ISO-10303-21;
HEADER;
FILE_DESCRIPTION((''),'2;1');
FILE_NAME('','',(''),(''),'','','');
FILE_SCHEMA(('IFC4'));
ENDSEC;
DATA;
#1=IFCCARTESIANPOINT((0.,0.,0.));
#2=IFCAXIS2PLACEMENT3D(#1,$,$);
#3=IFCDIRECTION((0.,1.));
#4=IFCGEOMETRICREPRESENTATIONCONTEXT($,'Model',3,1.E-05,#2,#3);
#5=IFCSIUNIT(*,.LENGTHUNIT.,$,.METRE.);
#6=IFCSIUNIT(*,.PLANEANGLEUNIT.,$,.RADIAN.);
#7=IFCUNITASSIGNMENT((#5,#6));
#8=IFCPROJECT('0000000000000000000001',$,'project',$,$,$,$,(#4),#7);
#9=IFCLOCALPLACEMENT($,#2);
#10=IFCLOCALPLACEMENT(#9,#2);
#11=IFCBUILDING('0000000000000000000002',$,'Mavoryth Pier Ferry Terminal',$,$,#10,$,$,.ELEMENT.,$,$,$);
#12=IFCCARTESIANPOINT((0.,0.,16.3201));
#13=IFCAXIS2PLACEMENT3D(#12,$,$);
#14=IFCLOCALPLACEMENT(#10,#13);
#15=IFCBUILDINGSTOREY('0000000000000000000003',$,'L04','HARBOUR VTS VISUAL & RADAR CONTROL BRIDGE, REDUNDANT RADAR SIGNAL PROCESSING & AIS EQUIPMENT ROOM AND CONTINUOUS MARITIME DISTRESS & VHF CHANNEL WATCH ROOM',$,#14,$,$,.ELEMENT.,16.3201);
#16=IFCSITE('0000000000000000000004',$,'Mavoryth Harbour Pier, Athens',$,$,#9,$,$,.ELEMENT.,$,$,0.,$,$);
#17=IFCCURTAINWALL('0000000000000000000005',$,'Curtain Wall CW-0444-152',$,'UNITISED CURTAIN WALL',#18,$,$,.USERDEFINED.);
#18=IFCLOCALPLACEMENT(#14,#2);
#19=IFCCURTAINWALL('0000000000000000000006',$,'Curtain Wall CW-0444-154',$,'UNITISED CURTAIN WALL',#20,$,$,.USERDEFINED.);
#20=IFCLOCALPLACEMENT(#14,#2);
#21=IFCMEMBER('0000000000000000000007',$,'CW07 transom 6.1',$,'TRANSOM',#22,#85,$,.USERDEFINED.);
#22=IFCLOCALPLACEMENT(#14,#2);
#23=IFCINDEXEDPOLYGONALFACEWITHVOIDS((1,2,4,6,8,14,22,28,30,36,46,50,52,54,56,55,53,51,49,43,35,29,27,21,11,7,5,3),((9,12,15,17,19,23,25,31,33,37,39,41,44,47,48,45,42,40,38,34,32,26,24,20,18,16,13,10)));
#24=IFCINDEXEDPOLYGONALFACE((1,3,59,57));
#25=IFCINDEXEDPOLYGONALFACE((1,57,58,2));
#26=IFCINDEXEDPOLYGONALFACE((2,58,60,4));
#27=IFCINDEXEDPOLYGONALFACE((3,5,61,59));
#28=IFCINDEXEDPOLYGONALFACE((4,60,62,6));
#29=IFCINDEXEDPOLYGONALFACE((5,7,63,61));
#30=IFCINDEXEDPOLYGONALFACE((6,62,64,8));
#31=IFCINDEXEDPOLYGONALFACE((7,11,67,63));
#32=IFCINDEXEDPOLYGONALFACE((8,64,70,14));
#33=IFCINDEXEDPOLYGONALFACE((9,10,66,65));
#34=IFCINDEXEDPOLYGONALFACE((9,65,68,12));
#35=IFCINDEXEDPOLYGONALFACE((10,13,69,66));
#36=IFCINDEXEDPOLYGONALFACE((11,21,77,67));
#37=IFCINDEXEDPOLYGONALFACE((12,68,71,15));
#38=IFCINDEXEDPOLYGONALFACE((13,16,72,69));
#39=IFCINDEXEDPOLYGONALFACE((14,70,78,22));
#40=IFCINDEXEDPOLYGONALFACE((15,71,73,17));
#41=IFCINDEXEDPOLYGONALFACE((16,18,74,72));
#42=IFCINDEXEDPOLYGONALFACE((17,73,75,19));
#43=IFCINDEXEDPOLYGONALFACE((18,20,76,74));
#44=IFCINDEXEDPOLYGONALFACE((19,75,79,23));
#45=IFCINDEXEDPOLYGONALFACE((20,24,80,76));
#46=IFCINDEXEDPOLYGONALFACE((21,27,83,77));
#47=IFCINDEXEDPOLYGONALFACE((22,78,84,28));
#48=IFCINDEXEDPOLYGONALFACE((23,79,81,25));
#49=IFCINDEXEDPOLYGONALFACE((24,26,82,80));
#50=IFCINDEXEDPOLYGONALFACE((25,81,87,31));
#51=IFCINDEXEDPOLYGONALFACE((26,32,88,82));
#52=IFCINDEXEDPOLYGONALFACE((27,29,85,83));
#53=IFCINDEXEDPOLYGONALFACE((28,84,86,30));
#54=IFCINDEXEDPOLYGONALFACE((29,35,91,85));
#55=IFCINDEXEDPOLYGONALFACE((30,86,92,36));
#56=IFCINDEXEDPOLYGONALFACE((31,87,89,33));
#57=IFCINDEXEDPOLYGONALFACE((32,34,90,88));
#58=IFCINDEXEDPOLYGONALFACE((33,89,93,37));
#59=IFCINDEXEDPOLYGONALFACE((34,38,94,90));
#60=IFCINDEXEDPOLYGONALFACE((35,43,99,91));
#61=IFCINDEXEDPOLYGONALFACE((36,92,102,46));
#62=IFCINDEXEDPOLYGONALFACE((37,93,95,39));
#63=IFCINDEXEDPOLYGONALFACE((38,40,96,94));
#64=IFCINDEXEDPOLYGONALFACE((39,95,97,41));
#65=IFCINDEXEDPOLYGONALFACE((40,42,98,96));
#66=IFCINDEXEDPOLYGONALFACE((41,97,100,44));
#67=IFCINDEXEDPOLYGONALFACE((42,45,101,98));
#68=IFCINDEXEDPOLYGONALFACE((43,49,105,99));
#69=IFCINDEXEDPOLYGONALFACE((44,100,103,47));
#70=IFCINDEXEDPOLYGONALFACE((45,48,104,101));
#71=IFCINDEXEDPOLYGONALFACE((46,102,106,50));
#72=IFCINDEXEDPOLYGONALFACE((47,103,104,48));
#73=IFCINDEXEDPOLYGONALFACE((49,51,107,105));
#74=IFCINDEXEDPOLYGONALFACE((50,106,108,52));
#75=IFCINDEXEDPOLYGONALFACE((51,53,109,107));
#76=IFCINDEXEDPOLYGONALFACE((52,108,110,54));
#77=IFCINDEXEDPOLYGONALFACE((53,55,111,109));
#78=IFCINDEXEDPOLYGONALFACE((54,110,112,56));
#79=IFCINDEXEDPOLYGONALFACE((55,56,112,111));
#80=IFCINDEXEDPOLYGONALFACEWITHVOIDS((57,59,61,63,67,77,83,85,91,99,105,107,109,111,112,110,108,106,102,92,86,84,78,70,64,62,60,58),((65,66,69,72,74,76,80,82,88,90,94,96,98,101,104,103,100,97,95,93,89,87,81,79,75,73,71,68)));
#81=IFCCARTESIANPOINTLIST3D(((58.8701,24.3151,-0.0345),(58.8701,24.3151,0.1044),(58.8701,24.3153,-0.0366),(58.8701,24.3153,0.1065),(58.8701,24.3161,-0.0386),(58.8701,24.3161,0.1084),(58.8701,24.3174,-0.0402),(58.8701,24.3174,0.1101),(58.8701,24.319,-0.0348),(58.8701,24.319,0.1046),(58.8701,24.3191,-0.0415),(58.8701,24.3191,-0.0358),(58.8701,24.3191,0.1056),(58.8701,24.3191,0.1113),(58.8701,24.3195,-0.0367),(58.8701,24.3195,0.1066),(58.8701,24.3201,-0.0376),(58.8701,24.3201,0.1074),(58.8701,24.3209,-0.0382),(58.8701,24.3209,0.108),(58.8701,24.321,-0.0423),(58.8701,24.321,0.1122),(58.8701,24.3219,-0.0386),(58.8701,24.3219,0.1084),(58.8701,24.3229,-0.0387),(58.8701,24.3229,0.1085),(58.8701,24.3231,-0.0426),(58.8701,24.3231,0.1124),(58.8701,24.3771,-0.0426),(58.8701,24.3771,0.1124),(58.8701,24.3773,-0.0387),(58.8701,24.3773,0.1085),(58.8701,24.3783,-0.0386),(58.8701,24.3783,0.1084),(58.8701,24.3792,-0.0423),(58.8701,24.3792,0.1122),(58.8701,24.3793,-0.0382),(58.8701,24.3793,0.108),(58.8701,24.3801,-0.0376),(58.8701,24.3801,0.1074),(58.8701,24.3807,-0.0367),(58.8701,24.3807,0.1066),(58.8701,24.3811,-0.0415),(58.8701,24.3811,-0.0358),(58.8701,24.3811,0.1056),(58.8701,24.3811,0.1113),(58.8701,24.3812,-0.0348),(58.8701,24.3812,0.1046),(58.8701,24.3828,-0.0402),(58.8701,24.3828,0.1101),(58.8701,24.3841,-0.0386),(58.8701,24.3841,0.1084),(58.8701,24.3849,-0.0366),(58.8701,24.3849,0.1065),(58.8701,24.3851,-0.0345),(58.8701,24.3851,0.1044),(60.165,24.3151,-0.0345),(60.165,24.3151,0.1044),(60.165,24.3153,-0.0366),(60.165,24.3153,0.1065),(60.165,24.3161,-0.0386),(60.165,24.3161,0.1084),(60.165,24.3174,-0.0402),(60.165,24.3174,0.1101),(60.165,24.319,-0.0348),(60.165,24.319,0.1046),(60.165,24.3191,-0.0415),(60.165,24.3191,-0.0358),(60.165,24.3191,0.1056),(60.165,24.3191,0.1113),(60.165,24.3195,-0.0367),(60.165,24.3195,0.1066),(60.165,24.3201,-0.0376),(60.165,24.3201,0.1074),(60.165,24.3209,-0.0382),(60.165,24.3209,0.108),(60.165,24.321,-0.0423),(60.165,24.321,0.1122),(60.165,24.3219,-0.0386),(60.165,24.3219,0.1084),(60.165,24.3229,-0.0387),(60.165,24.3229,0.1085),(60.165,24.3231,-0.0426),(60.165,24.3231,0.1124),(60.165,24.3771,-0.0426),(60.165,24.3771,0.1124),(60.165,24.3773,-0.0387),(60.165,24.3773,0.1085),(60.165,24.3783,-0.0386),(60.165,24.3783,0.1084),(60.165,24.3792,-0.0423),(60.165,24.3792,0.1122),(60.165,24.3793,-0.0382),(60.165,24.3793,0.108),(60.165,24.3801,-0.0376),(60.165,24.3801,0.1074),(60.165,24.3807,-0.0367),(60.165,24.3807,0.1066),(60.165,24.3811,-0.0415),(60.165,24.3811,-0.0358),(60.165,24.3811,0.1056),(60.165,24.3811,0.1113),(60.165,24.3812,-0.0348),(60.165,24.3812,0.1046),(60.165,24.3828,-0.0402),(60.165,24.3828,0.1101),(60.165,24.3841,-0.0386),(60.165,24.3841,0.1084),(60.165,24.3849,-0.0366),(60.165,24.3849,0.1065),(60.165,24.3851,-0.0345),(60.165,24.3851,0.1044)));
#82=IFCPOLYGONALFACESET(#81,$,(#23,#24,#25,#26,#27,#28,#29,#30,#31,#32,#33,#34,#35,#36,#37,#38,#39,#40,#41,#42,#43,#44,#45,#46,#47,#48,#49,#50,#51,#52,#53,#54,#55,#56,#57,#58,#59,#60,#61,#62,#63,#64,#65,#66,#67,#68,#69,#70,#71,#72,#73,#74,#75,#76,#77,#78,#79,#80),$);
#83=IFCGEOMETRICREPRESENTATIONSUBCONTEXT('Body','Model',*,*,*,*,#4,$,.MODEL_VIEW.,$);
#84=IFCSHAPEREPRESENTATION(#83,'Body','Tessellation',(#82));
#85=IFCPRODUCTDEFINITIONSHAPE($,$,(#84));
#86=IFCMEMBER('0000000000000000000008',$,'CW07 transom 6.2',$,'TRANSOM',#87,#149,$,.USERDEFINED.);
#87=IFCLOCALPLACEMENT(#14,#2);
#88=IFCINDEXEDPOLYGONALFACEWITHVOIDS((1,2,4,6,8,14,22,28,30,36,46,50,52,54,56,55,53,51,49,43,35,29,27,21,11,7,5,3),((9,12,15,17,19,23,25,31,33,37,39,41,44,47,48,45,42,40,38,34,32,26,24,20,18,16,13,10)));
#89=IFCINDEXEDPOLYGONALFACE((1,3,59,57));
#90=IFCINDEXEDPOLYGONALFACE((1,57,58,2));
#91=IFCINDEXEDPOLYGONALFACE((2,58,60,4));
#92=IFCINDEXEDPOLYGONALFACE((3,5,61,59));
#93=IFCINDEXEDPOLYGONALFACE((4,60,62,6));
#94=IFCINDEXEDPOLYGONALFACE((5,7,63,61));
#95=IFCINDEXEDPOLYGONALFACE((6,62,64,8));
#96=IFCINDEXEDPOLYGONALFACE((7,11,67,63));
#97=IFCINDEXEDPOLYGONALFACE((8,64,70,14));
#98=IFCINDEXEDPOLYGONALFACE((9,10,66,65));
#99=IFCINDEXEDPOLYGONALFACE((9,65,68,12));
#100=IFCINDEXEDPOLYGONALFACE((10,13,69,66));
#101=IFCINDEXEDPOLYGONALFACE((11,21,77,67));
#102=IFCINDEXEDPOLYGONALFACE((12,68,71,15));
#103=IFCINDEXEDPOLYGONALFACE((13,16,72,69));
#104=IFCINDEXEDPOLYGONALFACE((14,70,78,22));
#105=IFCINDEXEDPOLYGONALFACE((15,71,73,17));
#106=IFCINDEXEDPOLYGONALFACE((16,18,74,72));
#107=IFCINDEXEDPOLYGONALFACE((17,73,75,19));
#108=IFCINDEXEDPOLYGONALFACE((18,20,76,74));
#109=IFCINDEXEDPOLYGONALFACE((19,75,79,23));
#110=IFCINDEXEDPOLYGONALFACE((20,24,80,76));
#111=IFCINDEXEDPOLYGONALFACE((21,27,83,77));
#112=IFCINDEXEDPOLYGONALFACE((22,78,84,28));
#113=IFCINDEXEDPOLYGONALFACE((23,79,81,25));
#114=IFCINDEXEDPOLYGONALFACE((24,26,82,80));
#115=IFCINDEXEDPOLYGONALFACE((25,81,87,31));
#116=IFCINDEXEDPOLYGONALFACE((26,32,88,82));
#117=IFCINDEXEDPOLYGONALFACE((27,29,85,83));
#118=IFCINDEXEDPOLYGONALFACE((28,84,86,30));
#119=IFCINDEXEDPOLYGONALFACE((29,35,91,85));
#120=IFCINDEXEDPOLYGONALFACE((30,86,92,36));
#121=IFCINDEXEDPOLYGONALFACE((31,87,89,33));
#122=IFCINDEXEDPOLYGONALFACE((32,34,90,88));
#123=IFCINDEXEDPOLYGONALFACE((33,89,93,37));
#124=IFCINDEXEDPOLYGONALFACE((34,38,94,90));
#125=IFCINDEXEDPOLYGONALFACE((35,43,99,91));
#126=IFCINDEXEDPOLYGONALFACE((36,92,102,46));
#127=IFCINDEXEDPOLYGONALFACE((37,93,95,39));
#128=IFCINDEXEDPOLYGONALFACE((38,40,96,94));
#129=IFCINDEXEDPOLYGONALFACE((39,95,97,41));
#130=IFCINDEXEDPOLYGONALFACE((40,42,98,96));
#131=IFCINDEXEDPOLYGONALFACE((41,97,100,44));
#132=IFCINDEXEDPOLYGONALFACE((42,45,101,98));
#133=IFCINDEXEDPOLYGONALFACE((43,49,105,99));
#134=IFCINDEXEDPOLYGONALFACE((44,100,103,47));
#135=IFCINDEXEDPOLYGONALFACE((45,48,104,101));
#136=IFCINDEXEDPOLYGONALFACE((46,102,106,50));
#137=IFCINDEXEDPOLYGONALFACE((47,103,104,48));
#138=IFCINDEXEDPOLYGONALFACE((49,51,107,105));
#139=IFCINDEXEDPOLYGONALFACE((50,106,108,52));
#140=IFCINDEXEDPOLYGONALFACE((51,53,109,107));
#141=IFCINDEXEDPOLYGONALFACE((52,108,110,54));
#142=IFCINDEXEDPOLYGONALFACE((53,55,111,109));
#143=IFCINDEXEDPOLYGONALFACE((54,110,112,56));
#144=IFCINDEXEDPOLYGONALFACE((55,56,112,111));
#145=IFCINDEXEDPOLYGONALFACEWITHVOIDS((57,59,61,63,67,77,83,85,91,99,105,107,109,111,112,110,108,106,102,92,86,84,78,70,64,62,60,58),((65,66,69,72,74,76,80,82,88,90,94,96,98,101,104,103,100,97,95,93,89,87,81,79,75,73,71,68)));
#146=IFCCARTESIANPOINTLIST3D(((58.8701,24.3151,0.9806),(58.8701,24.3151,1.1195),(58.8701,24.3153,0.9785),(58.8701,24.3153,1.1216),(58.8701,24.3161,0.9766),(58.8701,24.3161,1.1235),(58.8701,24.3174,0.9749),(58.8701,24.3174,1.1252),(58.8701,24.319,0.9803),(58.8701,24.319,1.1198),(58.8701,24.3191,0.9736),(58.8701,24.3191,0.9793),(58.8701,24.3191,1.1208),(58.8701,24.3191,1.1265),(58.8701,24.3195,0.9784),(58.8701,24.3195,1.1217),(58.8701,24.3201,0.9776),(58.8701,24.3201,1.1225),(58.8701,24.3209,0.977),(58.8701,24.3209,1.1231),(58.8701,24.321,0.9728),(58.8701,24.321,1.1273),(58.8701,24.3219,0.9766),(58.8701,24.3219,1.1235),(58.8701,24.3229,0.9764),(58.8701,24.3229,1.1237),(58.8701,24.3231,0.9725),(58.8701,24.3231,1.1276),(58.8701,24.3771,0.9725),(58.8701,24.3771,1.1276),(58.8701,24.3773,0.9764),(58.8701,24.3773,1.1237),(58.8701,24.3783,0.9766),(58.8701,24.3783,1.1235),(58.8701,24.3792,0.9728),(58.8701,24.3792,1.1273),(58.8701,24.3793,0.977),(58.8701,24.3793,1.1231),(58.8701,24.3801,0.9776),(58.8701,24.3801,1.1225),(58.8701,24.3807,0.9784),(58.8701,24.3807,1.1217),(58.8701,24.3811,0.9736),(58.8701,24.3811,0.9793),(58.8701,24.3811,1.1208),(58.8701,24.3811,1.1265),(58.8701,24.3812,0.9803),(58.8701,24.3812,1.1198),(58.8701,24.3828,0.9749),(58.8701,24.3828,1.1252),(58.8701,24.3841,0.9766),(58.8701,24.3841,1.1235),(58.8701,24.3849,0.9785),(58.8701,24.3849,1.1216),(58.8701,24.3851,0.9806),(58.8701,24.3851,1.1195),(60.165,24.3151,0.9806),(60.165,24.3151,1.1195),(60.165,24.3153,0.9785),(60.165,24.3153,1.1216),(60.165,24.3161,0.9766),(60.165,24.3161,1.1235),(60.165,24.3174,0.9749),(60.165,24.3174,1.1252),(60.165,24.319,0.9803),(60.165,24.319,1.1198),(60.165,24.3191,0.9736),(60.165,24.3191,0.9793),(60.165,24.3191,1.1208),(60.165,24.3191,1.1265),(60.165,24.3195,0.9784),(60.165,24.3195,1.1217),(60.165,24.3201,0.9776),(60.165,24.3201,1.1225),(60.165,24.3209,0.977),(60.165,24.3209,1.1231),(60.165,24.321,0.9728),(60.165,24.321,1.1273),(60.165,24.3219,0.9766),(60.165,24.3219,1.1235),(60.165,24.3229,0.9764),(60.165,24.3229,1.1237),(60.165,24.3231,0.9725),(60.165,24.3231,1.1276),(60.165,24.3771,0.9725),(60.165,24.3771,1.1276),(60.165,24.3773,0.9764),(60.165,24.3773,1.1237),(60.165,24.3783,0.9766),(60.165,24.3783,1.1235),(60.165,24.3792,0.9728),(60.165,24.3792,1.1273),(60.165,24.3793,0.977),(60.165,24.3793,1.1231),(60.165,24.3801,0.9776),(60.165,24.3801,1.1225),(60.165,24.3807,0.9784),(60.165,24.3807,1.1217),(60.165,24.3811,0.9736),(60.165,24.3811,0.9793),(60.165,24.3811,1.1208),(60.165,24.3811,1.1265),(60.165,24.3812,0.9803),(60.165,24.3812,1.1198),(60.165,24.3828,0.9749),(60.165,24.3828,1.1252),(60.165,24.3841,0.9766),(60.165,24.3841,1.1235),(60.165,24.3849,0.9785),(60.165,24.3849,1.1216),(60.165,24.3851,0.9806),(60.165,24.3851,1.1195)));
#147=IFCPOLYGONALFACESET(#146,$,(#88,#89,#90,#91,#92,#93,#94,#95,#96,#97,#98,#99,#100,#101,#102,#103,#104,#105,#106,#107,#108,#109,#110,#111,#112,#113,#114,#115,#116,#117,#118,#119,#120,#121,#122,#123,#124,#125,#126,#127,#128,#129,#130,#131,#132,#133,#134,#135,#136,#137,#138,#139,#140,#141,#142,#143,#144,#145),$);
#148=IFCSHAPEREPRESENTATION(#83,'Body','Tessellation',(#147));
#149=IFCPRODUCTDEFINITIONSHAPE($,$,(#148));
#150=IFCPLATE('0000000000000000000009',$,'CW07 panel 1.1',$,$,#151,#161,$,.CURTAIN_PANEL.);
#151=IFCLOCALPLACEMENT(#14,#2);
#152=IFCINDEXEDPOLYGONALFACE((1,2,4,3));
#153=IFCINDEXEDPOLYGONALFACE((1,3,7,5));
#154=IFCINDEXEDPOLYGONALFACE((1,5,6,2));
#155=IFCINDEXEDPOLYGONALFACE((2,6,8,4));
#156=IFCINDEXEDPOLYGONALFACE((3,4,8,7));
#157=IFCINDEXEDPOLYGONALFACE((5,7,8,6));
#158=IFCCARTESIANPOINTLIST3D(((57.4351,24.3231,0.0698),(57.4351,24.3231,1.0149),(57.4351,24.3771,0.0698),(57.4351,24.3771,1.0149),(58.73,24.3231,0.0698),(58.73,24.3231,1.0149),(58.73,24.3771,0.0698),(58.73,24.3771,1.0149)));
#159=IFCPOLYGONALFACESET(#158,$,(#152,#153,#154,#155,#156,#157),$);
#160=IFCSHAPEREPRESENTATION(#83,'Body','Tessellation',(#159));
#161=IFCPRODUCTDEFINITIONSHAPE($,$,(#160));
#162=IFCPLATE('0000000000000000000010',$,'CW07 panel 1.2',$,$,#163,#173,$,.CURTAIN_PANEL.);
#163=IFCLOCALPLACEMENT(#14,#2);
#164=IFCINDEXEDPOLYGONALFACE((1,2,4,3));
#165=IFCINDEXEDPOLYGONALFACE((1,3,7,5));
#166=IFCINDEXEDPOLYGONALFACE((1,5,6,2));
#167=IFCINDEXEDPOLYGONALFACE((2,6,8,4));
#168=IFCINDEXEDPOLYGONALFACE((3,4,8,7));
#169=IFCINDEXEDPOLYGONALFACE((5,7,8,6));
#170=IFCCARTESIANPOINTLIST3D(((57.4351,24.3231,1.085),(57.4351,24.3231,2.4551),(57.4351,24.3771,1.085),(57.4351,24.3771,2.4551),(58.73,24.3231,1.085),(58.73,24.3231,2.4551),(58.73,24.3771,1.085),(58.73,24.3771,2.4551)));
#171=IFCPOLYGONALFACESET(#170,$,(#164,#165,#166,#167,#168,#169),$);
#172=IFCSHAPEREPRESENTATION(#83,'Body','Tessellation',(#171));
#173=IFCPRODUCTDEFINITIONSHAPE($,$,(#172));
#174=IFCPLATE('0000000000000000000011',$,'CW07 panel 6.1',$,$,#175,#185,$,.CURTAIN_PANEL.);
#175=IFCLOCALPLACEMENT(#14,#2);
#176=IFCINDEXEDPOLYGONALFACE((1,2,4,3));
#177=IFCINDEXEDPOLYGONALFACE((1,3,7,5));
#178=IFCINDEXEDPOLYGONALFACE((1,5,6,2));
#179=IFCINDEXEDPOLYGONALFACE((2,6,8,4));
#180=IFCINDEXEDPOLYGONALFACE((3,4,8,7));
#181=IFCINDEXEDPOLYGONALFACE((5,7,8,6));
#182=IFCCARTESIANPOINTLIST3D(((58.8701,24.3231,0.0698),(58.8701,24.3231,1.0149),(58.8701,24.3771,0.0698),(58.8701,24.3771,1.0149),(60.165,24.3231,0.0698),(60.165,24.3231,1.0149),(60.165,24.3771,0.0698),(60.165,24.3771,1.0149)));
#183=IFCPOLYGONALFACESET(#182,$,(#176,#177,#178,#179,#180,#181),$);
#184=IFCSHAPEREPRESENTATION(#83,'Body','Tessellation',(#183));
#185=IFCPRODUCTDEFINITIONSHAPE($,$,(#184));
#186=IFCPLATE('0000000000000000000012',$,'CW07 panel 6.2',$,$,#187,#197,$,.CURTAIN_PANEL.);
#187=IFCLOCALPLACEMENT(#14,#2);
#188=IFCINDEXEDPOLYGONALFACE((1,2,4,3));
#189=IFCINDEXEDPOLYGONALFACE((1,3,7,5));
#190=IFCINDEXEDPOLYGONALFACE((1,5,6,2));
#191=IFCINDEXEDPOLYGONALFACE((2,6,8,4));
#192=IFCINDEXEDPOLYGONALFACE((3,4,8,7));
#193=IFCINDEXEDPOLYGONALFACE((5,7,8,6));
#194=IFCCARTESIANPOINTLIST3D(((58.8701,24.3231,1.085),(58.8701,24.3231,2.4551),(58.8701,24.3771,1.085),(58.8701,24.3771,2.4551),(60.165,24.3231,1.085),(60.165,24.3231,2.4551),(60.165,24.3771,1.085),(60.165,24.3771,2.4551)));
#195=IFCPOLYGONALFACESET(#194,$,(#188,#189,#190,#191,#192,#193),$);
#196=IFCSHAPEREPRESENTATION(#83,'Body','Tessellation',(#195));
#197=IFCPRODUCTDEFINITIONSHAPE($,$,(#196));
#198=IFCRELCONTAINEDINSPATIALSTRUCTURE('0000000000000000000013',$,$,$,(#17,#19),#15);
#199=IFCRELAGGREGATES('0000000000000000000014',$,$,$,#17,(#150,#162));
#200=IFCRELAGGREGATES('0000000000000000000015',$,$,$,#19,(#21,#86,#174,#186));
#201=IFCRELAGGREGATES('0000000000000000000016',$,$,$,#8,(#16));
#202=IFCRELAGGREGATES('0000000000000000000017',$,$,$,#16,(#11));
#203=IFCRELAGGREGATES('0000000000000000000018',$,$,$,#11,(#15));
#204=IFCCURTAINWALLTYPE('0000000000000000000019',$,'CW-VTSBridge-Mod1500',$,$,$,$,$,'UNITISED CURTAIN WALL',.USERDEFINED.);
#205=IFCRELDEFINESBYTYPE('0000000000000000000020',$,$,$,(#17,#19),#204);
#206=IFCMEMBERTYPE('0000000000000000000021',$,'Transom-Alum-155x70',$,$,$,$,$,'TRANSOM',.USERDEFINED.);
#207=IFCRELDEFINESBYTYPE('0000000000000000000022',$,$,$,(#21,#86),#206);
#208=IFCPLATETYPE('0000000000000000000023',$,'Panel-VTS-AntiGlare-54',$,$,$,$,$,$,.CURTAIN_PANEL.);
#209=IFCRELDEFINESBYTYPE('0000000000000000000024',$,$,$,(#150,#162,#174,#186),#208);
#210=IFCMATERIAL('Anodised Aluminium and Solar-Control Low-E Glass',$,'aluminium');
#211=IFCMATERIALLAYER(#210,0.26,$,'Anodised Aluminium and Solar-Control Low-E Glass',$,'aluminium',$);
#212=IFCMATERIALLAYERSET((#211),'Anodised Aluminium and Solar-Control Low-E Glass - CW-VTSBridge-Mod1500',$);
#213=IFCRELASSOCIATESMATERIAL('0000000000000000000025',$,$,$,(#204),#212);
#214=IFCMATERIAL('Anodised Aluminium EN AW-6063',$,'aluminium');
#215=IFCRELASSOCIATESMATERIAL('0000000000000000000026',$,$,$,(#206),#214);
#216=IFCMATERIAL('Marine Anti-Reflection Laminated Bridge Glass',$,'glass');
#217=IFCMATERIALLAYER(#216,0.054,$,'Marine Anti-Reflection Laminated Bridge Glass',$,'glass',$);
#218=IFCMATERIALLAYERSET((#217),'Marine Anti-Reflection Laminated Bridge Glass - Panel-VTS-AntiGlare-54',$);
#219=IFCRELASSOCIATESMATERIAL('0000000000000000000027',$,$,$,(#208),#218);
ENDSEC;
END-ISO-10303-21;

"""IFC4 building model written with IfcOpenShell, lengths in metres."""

from ifc_helpers import new_model, si_unit, direction, frame, origin, origin_2d, place, context, subcontext, project, spatial, rectangle, hollow_rectangle, extrude, material, layer, layer_set, material_profile, profile_set, type_object, element, aggregate, save


model = new_model("IFC4")

# Units and contexts
model_context = context("Model", 3, precision=1e-05, world=origin(), true_north=direction((0.0, 1.0)))
body_context = subcontext(model_context, "Body", "Model", "MODEL_VIEW")
ifc_project = project(units=[si_unit("LENGTHUNIT", "METRE"), si_unit("PLANEANGLEUNIT", "RADIAN")], contexts=[model_context])

# Site, building, storey
site_placement = place(None, origin())
site = spatial("IfcSite", under=ifc_project, at=site_placement, Name="Mavoryth Harbour Pier, Athens", CompositionType="ELEMENT", RefElevation=0.0)
building_placement = place(site_placement, origin())
building = spatial("IfcBuilding", under=site, at=building_placement, Name="Mavoryth Pier Ferry Terminal", CompositionType="ELEMENT")
storey_placement = place(building_placement, frame((0.0, 0.0, 16.3201)))
storey = spatial("IfcBuildingStorey", under=building, at=storey_placement, Name="L04", Description="HARBOUR VTS VISUAL & RADAR CONTROL BRIDGE, REDUNDANT RADAR SIGNAL PROCESSING & AIS EQUIPMENT ROOM AND CONTINUOUS MARITIME DISTRESS & VHF CHANNEL WATCH ROOM", CompositionType="ELEMENT", Elevation=16.3201)

# Curtain wall
ifc_material_1 = material(Name="Anodised Aluminium and Solar-Control Low-E Glass", Category="aluminium")
ifc_layer_1 = layer(ifc_material_1, 0.26, Name="Anodised Aluminium and Solar-Control Low-E Glass", Category="aluminium")
ifc_layer_set_1 = layer_set([ifc_layer_1], Name="Anodised Aluminium and Solar-Control Low-E Glass - CW-VTSBridge-Mod1500")
curtain_wall_type = type_object("IfcCurtainWallType", Name="CW-VTSBridge-Mod1500", ElementType="UNITISED CURTAIN WALL", PredefinedType="USERDEFINED", material=ifc_layer_set_1)
curtain_wall_1_placement = place(storey_placement, origin())
curtain_wall_1 = element("IfcCurtainWall", 1, at=curtain_wall_1_placement, inside=storey, type_object=curtain_wall_type, Name="Curtain Wall CW-0444-152", ObjectType="UNITISED CURTAIN WALL", PredefinedType="USERDEFINED")
ifc_material_2 = material(Name="Anodised Aluminium EN AW-6063", Category="aluminium")

# Curtain wall
curtain_wall_2_placement = place(storey_placement, origin())
curtain_wall_2 = element("IfcCurtainWall", 2, at=curtain_wall_2_placement, inside=storey, type_object=curtain_wall_type, Name="Curtain Wall CW-0444-154", ObjectType="UNITISED CURTAIN WALL", PredefinedType="USERDEFINED")

# Members
ifc_material_profile_1 = material_profile(ifc_material_2, hollow_rectangle(XDim=0.0701, YDim=0.155, WallThickness=0.0039, InnerFilletRadius=0.0039, OuterFilletRadius=0.0081, at=origin_2d()), Name="AL-TRAN 155x70x4", Category="aluminium")
ifc_profile_set_1 = profile_set([ifc_material_profile_1], Name="Anodised Aluminium EN AW-6063 - AL-TRAN 155x70x4")
member_type_1 = type_object("IfcMemberType", Name="Transom-Alum-155x70", ElementType="TRANSOM", PredefinedType="USERDEFINED", material=ifc_profile_set_1)
member_1_placement = place(storey_placement, frame((60.165, 24.3501, 0.0349), z_axis=(-1.0, 0.0, 0.0), x_axis=(0.0, -1.0, 0.0)))
member_1 = element("IfcMember", 3, at=member_1_placement, type_object=member_type_1, Name="CW07 transom 6.1", ObjectType="TRANSOM", PredefinedType="USERDEFINED", context=body_context, shape_type="SweptSolid", body=[
    extrude(hollow_rectangle(XDim=0.0701, YDim=0.155, WallThickness=0.0039, InnerFilletRadius=0.0039, OuterFilletRadius=0.0081, at=origin_2d()), origin(), (0.0, 0.0, 1.0), 1.2949),
])
member_2_placement = place(storey_placement, frame((60.165, 24.3501, 1.05), z_axis=(-1.0, 0.0, 0.0), x_axis=(0.0, -1.0, 0.0)))
member_2 = element("IfcMember", 4, at=member_2_placement, type_object=member_type_1, Name="CW07 transom 6.2", ObjectType="TRANSOM", PredefinedType="USERDEFINED", context=body_context, shape_type="SweptSolid", body=[
    extrude(hollow_rectangle(XDim=0.0701, YDim=0.155, WallThickness=0.0039, InnerFilletRadius=0.0039, OuterFilletRadius=0.0081, at=origin_2d()), origin(), (0.0, 0.0, 1.0), 1.2949),
])

# Plates
ifc_material_3 = material(Name="Marine Anti-Reflection Laminated Bridge Glass", Category="glass")
ifc_layer_2 = layer(ifc_material_3, 0.054, Name="Marine Anti-Reflection Laminated Bridge Glass", Category="glass")
ifc_layer_set_2 = layer_set([ifc_layer_2], Name="Marine Anti-Reflection Laminated Bridge Glass - Panel-VTS-AntiGlare-54")
plate_type = type_object("IfcPlateType", Name="Panel-VTS-AntiGlare-54", PredefinedType="CURTAIN_PANEL", material=ifc_layer_set_2)
plate_1_placement = place(storey_placement, frame((58.0825, 24.3501, 0.0698), z_axis=(0.0, 0.0, 1.0), x_axis=(-1.0, 0.0, 0.0)))
plate_1 = element("IfcPlate", 5, at=plate_1_placement, type_object=plate_type, Name="CW07 panel 1.1", PredefinedType="CURTAIN_PANEL", context=body_context, shape_type="SweptSolid", body=[
    extrude(rectangle(XDim=1.2949, YDim=0.054, at=origin_2d()), origin(), (0.0, 0.0, 1.0), 0.9451),
])
plate_2_placement = place(storey_placement, frame((58.0825, 24.3501, 1.085), z_axis=(0.0, 0.0, 1.0), x_axis=(-1.0, 0.0, 0.0)))
plate_2 = element("IfcPlate", 6, at=plate_2_placement, type_object=plate_type, Name="CW07 panel 1.2", PredefinedType="CURTAIN_PANEL", context=body_context, shape_type="SweptSolid", body=[
    extrude(rectangle(XDim=1.2949, YDim=0.054, at=origin_2d()), origin(), (0.0, 0.0, 1.0), 1.3701),
])
aggregate(curtain_wall_1, [plate_1, plate_2])
plate_3_placement = place(storey_placement, frame((59.5176, 24.3501, 0.0698), z_axis=(0.0, 0.0, 1.0), x_axis=(-1.0, 0.0, 0.0)))
plate_3 = element("IfcPlate", 7, at=plate_3_placement, type_object=plate_type, Name="CW07 panel 6.1", PredefinedType="CURTAIN_PANEL", context=body_context, shape_type="SweptSolid", body=[
    extrude(rectangle(XDim=1.2949, YDim=0.054, at=origin_2d()), origin(), (0.0, 0.0, 1.0), 0.9451),
])
plate_4_placement = place(storey_placement, frame((59.5176, 24.3501, 1.085), z_axis=(0.0, 0.0, 1.0), x_axis=(-1.0, 0.0, 0.0)))
plate_4 = element("IfcPlate", 8, at=plate_4_placement, type_object=plate_type, Name="CW07 panel 6.2", PredefinedType="CURTAIN_PANEL", context=body_context, shape_type="SweptSolid", body=[
    extrude(rectangle(XDim=1.2949, YDim=0.054, at=origin_2d()), origin(), (0.0, 0.0, 1.0), 1.3701),
])
aggregate(curtain_wall_2, [member_1, member_2, plate_3, plate_4])

save(model, "model.ifc")
